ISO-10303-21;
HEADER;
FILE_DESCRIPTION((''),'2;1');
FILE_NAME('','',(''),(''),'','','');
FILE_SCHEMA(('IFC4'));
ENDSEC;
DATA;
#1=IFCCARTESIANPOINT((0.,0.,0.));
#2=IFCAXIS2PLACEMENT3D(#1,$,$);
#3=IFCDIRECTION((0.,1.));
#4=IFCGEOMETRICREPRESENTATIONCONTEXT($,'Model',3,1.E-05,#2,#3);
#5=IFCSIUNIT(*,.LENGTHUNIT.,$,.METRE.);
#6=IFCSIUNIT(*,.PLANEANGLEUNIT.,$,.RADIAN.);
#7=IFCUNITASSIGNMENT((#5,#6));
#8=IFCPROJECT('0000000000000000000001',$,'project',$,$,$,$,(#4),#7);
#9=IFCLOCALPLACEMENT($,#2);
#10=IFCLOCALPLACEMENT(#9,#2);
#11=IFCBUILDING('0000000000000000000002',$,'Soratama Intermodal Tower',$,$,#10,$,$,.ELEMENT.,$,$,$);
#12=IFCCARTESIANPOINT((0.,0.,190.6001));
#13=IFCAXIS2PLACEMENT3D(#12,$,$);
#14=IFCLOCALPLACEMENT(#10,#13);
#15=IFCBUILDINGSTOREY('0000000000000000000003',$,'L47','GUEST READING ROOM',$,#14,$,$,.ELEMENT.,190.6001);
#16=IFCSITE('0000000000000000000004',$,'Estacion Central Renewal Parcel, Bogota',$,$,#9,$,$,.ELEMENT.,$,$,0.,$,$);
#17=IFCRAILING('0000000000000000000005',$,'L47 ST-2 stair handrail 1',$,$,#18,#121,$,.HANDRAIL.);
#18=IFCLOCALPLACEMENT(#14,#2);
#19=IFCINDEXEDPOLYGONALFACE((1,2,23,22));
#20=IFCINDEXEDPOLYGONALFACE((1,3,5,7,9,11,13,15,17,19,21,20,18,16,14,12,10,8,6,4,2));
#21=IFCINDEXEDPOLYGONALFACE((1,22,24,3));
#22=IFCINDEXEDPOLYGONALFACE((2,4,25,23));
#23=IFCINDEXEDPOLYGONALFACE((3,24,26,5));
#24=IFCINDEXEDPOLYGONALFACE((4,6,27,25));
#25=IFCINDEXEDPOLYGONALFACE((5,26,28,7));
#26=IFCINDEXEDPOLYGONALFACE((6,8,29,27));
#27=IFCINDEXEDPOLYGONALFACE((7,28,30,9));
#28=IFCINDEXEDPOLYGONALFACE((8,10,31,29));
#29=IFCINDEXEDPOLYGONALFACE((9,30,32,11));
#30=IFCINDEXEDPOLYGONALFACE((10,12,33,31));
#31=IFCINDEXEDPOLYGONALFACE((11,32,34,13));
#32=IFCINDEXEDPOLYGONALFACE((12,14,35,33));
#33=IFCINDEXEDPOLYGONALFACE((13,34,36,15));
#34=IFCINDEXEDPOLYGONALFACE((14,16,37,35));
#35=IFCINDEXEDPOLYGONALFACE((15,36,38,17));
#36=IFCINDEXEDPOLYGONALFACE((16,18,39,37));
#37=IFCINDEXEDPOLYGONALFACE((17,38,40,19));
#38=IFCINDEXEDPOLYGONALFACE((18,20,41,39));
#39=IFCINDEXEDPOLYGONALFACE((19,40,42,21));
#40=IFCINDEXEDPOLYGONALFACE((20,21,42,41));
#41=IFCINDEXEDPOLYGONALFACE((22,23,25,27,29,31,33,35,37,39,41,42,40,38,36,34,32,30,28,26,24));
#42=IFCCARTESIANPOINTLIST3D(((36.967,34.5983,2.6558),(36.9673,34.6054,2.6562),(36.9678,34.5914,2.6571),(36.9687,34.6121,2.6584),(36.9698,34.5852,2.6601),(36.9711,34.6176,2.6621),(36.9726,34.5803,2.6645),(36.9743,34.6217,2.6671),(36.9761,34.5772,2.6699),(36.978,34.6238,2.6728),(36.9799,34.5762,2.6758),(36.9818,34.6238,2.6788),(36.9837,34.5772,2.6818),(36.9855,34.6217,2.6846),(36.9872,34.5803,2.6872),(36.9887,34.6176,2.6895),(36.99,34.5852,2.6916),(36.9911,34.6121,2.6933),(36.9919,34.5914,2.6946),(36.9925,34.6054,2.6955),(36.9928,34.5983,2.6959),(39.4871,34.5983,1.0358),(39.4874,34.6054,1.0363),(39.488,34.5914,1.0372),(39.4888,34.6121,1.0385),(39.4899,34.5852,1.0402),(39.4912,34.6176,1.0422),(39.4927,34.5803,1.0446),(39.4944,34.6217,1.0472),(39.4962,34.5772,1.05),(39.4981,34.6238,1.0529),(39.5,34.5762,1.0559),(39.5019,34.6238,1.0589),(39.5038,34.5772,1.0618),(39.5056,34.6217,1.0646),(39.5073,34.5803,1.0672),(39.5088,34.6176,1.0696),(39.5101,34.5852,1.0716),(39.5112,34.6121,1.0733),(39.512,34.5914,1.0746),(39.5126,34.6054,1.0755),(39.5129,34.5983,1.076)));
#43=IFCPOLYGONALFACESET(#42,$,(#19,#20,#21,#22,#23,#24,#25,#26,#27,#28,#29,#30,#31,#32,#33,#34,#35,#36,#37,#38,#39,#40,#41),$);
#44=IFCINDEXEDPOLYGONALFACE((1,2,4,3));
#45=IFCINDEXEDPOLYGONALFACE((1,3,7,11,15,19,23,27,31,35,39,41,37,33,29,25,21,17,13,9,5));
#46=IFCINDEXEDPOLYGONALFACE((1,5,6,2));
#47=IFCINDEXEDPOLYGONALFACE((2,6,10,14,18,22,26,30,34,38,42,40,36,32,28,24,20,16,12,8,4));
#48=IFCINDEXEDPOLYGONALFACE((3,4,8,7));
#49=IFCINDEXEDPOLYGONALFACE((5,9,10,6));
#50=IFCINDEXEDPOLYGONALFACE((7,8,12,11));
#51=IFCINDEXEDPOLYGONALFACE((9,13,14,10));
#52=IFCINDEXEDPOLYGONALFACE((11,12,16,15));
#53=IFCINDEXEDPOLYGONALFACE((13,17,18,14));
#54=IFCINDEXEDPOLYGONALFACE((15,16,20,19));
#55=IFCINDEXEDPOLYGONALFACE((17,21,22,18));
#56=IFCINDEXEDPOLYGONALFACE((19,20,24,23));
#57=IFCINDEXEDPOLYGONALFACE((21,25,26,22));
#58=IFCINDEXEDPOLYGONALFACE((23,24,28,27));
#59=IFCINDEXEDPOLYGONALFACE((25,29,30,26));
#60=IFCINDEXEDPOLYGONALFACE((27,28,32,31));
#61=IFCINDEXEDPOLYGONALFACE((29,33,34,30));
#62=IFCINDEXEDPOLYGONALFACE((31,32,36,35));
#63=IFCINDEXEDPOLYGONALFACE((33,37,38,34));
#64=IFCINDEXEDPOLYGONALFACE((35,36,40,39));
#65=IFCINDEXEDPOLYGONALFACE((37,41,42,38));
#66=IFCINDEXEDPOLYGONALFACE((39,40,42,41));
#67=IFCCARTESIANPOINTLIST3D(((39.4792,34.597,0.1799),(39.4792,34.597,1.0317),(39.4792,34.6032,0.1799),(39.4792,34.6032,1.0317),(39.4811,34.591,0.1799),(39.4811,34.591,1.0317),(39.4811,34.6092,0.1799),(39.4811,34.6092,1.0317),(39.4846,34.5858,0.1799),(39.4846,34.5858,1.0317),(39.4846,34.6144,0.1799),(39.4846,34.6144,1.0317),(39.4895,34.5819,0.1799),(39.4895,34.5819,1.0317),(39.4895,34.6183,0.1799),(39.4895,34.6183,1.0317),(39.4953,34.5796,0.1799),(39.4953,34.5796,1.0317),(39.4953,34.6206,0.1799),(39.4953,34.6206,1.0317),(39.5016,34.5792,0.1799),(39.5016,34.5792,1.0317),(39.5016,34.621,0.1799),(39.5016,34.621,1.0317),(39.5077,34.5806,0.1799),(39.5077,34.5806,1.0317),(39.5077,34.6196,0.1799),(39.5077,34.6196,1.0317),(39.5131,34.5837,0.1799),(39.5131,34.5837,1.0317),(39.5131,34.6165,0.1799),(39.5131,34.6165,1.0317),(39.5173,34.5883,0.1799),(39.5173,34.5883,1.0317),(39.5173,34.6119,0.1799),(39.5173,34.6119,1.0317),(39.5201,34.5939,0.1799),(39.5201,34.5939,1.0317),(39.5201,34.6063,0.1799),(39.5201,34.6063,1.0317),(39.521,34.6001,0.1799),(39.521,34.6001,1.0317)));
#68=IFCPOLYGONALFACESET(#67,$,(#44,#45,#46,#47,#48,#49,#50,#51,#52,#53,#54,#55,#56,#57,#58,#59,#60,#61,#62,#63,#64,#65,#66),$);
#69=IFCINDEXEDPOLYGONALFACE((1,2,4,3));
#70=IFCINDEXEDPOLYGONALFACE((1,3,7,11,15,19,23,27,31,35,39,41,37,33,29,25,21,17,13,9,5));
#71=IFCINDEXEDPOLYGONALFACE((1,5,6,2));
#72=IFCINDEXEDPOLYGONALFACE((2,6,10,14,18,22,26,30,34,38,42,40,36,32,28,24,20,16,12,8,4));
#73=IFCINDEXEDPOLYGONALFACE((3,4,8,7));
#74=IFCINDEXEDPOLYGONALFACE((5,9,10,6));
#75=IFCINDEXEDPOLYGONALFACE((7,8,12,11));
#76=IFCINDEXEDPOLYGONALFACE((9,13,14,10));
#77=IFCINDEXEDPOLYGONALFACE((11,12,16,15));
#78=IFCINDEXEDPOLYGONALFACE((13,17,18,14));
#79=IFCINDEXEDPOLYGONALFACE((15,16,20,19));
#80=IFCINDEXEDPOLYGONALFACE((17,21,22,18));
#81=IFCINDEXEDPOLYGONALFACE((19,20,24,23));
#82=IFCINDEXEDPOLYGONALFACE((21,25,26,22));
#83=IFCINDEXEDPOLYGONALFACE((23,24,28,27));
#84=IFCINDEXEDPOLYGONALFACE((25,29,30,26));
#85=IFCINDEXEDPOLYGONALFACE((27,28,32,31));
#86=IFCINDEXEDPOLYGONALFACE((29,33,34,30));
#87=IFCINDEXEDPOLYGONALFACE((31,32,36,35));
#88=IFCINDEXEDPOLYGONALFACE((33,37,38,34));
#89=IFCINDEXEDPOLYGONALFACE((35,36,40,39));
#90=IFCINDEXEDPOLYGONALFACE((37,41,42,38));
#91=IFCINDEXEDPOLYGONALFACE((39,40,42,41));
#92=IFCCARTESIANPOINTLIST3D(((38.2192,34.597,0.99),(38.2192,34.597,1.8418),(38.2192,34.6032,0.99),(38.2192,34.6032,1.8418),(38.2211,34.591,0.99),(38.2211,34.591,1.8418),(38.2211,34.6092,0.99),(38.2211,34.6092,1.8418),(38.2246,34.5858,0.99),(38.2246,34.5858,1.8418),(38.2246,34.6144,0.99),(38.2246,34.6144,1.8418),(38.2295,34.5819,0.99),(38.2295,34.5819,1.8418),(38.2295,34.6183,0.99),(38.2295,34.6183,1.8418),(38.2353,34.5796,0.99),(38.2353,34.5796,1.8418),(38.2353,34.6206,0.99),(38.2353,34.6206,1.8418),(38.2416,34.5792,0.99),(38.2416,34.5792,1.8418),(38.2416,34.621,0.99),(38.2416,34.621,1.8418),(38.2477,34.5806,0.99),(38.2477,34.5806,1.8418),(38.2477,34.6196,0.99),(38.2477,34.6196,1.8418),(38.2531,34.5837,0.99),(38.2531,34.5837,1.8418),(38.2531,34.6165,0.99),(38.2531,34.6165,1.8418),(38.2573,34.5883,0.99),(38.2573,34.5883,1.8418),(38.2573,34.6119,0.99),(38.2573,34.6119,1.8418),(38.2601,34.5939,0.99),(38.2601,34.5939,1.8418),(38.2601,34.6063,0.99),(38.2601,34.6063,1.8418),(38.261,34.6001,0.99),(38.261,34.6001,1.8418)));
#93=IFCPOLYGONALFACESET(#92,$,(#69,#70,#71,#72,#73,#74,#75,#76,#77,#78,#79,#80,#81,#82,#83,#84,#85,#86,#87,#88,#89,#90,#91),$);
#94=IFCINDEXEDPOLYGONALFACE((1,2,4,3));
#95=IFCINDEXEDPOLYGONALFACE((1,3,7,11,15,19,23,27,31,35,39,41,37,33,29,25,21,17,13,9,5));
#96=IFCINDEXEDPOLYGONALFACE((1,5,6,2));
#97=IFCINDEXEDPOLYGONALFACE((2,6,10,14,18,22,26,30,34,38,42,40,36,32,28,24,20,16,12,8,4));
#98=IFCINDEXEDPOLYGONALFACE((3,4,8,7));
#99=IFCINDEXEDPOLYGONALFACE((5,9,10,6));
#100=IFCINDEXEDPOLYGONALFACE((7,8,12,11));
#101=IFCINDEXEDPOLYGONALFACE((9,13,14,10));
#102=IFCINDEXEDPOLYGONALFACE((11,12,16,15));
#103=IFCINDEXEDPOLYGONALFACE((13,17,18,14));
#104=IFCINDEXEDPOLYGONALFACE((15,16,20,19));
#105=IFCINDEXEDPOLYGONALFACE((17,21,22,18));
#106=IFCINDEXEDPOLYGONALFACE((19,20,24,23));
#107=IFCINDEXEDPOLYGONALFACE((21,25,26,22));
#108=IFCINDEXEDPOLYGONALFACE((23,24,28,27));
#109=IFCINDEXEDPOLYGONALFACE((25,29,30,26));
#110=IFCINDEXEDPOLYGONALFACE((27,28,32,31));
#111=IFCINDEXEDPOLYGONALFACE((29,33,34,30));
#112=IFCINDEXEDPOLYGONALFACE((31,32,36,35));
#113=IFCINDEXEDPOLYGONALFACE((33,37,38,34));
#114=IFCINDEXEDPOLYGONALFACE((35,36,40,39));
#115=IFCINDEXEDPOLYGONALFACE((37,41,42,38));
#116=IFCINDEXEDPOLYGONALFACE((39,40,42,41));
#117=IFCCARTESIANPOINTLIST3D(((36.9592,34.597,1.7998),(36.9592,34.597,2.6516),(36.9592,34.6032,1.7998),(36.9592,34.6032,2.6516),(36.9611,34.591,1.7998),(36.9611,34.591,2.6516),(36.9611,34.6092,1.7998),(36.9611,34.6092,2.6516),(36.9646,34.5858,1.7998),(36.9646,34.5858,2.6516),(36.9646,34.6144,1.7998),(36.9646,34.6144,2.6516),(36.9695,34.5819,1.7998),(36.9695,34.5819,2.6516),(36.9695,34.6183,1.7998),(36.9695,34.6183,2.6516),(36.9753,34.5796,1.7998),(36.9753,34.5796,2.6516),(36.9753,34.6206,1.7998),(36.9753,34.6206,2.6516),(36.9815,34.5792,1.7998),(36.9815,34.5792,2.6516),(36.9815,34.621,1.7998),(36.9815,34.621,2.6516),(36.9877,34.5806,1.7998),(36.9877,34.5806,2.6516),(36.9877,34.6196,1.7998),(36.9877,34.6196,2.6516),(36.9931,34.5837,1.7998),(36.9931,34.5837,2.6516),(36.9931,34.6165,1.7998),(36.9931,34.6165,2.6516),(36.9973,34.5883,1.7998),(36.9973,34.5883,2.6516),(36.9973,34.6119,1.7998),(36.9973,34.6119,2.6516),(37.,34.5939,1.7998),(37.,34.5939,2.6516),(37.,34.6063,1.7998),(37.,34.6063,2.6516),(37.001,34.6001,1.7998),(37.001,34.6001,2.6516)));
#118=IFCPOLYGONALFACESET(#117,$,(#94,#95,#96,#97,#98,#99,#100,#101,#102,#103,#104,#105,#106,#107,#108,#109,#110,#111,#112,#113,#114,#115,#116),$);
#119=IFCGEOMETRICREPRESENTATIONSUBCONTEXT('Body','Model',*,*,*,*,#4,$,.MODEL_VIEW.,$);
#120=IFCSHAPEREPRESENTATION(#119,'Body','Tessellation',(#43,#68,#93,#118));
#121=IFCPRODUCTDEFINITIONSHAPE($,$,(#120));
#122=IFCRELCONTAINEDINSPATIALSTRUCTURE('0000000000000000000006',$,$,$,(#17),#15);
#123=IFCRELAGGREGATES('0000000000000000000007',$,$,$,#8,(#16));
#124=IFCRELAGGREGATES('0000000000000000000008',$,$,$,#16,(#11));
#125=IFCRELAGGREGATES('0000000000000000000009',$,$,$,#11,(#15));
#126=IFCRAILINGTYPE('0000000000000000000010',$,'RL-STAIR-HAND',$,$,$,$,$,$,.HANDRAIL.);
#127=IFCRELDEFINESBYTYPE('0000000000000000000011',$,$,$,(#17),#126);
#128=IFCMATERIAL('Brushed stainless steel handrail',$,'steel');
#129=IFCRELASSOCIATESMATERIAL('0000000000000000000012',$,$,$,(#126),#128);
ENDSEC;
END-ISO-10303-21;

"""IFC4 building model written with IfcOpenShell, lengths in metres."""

from ifc_helpers import new_model, si_unit, direction, frame, origin, origin_2d, place, context, subcontext, project, spatial, circle, extrude, material, type_object, element, save


model = new_model("IFC4")

# Units and contexts
model_context = context("Model", 3, precision=1e-05, world=origin(), true_north=direction((0.0, 1.0)))
body_context = subcontext(model_context, "Body", "Model", "MODEL_VIEW")
ifc_project = project(units=[si_unit("LENGTHUNIT", "METRE"), si_unit("PLANEANGLEUNIT", "RADIAN")], contexts=[model_context])

# Site, building, storey
site_placement = place(None, origin())
site = spatial("IfcSite", under=ifc_project, at=site_placement, Name="Estacion Central Renewal Parcel, Bogota", CompositionType="ELEMENT", RefElevation=0.0)
building_placement = place(site_placement, origin())
building = spatial("IfcBuilding", under=site, at=building_placement, Name="Soratama Intermodal Tower", CompositionType="ELEMENT")
storey_placement = place(building_placement, frame((0.0, 0.0, 190.6001)))
storey = spatial("IfcBuildingStorey", under=building, at=storey_placement, Name="L47", Description="GUEST READING ROOM", CompositionType="ELEMENT", Elevation=190.6001)

# Railing
ifc_material_1 = material(Name="Brushed stainless steel handrail", Category="steel")
railing_type_1 = type_object("IfcRailingType", Name="RL-STAIR-HAND", PredefinedType="HANDRAIL", material=ifc_material_1)
railing_1_placement = place(storey_placement, frame((39.5, 34.6001, 0.1799)))
element("IfcRailing", 1, at=railing_1_placement, inside=storey, type_object=railing_type_1, Name="L47 ST-2 stair handrail 1", PredefinedType="HANDRAIL", context=body_context, shape_type="SweptSolid", body=[
    extrude(circle(Radius=0.0239, at=origin_2d()), frame((0.0, 0.0, 0.876), z_axis=(-0.8412, 0.0, 0.540725), x_axis=(0.0, -1.0, 0.0)), (0.0, 0.0, 1.0), 2.9958),
    extrude(circle(Radius=0.021, at=origin_2d()), origin(), (0.0, 0.0, 1.0), 0.8518),
    extrude(circle(Radius=0.021, at=origin_2d()), frame((-1.26, 0.0, 0.8101)), (0.0, 0.0, 1.0), 0.8518),
    extrude(circle(Radius=0.021, at=origin_2d()), frame((-2.52, 0.0, 1.6199)), (0.0, 0.0, 1.0), 0.8518),
])

save(model, "model.ifc")
